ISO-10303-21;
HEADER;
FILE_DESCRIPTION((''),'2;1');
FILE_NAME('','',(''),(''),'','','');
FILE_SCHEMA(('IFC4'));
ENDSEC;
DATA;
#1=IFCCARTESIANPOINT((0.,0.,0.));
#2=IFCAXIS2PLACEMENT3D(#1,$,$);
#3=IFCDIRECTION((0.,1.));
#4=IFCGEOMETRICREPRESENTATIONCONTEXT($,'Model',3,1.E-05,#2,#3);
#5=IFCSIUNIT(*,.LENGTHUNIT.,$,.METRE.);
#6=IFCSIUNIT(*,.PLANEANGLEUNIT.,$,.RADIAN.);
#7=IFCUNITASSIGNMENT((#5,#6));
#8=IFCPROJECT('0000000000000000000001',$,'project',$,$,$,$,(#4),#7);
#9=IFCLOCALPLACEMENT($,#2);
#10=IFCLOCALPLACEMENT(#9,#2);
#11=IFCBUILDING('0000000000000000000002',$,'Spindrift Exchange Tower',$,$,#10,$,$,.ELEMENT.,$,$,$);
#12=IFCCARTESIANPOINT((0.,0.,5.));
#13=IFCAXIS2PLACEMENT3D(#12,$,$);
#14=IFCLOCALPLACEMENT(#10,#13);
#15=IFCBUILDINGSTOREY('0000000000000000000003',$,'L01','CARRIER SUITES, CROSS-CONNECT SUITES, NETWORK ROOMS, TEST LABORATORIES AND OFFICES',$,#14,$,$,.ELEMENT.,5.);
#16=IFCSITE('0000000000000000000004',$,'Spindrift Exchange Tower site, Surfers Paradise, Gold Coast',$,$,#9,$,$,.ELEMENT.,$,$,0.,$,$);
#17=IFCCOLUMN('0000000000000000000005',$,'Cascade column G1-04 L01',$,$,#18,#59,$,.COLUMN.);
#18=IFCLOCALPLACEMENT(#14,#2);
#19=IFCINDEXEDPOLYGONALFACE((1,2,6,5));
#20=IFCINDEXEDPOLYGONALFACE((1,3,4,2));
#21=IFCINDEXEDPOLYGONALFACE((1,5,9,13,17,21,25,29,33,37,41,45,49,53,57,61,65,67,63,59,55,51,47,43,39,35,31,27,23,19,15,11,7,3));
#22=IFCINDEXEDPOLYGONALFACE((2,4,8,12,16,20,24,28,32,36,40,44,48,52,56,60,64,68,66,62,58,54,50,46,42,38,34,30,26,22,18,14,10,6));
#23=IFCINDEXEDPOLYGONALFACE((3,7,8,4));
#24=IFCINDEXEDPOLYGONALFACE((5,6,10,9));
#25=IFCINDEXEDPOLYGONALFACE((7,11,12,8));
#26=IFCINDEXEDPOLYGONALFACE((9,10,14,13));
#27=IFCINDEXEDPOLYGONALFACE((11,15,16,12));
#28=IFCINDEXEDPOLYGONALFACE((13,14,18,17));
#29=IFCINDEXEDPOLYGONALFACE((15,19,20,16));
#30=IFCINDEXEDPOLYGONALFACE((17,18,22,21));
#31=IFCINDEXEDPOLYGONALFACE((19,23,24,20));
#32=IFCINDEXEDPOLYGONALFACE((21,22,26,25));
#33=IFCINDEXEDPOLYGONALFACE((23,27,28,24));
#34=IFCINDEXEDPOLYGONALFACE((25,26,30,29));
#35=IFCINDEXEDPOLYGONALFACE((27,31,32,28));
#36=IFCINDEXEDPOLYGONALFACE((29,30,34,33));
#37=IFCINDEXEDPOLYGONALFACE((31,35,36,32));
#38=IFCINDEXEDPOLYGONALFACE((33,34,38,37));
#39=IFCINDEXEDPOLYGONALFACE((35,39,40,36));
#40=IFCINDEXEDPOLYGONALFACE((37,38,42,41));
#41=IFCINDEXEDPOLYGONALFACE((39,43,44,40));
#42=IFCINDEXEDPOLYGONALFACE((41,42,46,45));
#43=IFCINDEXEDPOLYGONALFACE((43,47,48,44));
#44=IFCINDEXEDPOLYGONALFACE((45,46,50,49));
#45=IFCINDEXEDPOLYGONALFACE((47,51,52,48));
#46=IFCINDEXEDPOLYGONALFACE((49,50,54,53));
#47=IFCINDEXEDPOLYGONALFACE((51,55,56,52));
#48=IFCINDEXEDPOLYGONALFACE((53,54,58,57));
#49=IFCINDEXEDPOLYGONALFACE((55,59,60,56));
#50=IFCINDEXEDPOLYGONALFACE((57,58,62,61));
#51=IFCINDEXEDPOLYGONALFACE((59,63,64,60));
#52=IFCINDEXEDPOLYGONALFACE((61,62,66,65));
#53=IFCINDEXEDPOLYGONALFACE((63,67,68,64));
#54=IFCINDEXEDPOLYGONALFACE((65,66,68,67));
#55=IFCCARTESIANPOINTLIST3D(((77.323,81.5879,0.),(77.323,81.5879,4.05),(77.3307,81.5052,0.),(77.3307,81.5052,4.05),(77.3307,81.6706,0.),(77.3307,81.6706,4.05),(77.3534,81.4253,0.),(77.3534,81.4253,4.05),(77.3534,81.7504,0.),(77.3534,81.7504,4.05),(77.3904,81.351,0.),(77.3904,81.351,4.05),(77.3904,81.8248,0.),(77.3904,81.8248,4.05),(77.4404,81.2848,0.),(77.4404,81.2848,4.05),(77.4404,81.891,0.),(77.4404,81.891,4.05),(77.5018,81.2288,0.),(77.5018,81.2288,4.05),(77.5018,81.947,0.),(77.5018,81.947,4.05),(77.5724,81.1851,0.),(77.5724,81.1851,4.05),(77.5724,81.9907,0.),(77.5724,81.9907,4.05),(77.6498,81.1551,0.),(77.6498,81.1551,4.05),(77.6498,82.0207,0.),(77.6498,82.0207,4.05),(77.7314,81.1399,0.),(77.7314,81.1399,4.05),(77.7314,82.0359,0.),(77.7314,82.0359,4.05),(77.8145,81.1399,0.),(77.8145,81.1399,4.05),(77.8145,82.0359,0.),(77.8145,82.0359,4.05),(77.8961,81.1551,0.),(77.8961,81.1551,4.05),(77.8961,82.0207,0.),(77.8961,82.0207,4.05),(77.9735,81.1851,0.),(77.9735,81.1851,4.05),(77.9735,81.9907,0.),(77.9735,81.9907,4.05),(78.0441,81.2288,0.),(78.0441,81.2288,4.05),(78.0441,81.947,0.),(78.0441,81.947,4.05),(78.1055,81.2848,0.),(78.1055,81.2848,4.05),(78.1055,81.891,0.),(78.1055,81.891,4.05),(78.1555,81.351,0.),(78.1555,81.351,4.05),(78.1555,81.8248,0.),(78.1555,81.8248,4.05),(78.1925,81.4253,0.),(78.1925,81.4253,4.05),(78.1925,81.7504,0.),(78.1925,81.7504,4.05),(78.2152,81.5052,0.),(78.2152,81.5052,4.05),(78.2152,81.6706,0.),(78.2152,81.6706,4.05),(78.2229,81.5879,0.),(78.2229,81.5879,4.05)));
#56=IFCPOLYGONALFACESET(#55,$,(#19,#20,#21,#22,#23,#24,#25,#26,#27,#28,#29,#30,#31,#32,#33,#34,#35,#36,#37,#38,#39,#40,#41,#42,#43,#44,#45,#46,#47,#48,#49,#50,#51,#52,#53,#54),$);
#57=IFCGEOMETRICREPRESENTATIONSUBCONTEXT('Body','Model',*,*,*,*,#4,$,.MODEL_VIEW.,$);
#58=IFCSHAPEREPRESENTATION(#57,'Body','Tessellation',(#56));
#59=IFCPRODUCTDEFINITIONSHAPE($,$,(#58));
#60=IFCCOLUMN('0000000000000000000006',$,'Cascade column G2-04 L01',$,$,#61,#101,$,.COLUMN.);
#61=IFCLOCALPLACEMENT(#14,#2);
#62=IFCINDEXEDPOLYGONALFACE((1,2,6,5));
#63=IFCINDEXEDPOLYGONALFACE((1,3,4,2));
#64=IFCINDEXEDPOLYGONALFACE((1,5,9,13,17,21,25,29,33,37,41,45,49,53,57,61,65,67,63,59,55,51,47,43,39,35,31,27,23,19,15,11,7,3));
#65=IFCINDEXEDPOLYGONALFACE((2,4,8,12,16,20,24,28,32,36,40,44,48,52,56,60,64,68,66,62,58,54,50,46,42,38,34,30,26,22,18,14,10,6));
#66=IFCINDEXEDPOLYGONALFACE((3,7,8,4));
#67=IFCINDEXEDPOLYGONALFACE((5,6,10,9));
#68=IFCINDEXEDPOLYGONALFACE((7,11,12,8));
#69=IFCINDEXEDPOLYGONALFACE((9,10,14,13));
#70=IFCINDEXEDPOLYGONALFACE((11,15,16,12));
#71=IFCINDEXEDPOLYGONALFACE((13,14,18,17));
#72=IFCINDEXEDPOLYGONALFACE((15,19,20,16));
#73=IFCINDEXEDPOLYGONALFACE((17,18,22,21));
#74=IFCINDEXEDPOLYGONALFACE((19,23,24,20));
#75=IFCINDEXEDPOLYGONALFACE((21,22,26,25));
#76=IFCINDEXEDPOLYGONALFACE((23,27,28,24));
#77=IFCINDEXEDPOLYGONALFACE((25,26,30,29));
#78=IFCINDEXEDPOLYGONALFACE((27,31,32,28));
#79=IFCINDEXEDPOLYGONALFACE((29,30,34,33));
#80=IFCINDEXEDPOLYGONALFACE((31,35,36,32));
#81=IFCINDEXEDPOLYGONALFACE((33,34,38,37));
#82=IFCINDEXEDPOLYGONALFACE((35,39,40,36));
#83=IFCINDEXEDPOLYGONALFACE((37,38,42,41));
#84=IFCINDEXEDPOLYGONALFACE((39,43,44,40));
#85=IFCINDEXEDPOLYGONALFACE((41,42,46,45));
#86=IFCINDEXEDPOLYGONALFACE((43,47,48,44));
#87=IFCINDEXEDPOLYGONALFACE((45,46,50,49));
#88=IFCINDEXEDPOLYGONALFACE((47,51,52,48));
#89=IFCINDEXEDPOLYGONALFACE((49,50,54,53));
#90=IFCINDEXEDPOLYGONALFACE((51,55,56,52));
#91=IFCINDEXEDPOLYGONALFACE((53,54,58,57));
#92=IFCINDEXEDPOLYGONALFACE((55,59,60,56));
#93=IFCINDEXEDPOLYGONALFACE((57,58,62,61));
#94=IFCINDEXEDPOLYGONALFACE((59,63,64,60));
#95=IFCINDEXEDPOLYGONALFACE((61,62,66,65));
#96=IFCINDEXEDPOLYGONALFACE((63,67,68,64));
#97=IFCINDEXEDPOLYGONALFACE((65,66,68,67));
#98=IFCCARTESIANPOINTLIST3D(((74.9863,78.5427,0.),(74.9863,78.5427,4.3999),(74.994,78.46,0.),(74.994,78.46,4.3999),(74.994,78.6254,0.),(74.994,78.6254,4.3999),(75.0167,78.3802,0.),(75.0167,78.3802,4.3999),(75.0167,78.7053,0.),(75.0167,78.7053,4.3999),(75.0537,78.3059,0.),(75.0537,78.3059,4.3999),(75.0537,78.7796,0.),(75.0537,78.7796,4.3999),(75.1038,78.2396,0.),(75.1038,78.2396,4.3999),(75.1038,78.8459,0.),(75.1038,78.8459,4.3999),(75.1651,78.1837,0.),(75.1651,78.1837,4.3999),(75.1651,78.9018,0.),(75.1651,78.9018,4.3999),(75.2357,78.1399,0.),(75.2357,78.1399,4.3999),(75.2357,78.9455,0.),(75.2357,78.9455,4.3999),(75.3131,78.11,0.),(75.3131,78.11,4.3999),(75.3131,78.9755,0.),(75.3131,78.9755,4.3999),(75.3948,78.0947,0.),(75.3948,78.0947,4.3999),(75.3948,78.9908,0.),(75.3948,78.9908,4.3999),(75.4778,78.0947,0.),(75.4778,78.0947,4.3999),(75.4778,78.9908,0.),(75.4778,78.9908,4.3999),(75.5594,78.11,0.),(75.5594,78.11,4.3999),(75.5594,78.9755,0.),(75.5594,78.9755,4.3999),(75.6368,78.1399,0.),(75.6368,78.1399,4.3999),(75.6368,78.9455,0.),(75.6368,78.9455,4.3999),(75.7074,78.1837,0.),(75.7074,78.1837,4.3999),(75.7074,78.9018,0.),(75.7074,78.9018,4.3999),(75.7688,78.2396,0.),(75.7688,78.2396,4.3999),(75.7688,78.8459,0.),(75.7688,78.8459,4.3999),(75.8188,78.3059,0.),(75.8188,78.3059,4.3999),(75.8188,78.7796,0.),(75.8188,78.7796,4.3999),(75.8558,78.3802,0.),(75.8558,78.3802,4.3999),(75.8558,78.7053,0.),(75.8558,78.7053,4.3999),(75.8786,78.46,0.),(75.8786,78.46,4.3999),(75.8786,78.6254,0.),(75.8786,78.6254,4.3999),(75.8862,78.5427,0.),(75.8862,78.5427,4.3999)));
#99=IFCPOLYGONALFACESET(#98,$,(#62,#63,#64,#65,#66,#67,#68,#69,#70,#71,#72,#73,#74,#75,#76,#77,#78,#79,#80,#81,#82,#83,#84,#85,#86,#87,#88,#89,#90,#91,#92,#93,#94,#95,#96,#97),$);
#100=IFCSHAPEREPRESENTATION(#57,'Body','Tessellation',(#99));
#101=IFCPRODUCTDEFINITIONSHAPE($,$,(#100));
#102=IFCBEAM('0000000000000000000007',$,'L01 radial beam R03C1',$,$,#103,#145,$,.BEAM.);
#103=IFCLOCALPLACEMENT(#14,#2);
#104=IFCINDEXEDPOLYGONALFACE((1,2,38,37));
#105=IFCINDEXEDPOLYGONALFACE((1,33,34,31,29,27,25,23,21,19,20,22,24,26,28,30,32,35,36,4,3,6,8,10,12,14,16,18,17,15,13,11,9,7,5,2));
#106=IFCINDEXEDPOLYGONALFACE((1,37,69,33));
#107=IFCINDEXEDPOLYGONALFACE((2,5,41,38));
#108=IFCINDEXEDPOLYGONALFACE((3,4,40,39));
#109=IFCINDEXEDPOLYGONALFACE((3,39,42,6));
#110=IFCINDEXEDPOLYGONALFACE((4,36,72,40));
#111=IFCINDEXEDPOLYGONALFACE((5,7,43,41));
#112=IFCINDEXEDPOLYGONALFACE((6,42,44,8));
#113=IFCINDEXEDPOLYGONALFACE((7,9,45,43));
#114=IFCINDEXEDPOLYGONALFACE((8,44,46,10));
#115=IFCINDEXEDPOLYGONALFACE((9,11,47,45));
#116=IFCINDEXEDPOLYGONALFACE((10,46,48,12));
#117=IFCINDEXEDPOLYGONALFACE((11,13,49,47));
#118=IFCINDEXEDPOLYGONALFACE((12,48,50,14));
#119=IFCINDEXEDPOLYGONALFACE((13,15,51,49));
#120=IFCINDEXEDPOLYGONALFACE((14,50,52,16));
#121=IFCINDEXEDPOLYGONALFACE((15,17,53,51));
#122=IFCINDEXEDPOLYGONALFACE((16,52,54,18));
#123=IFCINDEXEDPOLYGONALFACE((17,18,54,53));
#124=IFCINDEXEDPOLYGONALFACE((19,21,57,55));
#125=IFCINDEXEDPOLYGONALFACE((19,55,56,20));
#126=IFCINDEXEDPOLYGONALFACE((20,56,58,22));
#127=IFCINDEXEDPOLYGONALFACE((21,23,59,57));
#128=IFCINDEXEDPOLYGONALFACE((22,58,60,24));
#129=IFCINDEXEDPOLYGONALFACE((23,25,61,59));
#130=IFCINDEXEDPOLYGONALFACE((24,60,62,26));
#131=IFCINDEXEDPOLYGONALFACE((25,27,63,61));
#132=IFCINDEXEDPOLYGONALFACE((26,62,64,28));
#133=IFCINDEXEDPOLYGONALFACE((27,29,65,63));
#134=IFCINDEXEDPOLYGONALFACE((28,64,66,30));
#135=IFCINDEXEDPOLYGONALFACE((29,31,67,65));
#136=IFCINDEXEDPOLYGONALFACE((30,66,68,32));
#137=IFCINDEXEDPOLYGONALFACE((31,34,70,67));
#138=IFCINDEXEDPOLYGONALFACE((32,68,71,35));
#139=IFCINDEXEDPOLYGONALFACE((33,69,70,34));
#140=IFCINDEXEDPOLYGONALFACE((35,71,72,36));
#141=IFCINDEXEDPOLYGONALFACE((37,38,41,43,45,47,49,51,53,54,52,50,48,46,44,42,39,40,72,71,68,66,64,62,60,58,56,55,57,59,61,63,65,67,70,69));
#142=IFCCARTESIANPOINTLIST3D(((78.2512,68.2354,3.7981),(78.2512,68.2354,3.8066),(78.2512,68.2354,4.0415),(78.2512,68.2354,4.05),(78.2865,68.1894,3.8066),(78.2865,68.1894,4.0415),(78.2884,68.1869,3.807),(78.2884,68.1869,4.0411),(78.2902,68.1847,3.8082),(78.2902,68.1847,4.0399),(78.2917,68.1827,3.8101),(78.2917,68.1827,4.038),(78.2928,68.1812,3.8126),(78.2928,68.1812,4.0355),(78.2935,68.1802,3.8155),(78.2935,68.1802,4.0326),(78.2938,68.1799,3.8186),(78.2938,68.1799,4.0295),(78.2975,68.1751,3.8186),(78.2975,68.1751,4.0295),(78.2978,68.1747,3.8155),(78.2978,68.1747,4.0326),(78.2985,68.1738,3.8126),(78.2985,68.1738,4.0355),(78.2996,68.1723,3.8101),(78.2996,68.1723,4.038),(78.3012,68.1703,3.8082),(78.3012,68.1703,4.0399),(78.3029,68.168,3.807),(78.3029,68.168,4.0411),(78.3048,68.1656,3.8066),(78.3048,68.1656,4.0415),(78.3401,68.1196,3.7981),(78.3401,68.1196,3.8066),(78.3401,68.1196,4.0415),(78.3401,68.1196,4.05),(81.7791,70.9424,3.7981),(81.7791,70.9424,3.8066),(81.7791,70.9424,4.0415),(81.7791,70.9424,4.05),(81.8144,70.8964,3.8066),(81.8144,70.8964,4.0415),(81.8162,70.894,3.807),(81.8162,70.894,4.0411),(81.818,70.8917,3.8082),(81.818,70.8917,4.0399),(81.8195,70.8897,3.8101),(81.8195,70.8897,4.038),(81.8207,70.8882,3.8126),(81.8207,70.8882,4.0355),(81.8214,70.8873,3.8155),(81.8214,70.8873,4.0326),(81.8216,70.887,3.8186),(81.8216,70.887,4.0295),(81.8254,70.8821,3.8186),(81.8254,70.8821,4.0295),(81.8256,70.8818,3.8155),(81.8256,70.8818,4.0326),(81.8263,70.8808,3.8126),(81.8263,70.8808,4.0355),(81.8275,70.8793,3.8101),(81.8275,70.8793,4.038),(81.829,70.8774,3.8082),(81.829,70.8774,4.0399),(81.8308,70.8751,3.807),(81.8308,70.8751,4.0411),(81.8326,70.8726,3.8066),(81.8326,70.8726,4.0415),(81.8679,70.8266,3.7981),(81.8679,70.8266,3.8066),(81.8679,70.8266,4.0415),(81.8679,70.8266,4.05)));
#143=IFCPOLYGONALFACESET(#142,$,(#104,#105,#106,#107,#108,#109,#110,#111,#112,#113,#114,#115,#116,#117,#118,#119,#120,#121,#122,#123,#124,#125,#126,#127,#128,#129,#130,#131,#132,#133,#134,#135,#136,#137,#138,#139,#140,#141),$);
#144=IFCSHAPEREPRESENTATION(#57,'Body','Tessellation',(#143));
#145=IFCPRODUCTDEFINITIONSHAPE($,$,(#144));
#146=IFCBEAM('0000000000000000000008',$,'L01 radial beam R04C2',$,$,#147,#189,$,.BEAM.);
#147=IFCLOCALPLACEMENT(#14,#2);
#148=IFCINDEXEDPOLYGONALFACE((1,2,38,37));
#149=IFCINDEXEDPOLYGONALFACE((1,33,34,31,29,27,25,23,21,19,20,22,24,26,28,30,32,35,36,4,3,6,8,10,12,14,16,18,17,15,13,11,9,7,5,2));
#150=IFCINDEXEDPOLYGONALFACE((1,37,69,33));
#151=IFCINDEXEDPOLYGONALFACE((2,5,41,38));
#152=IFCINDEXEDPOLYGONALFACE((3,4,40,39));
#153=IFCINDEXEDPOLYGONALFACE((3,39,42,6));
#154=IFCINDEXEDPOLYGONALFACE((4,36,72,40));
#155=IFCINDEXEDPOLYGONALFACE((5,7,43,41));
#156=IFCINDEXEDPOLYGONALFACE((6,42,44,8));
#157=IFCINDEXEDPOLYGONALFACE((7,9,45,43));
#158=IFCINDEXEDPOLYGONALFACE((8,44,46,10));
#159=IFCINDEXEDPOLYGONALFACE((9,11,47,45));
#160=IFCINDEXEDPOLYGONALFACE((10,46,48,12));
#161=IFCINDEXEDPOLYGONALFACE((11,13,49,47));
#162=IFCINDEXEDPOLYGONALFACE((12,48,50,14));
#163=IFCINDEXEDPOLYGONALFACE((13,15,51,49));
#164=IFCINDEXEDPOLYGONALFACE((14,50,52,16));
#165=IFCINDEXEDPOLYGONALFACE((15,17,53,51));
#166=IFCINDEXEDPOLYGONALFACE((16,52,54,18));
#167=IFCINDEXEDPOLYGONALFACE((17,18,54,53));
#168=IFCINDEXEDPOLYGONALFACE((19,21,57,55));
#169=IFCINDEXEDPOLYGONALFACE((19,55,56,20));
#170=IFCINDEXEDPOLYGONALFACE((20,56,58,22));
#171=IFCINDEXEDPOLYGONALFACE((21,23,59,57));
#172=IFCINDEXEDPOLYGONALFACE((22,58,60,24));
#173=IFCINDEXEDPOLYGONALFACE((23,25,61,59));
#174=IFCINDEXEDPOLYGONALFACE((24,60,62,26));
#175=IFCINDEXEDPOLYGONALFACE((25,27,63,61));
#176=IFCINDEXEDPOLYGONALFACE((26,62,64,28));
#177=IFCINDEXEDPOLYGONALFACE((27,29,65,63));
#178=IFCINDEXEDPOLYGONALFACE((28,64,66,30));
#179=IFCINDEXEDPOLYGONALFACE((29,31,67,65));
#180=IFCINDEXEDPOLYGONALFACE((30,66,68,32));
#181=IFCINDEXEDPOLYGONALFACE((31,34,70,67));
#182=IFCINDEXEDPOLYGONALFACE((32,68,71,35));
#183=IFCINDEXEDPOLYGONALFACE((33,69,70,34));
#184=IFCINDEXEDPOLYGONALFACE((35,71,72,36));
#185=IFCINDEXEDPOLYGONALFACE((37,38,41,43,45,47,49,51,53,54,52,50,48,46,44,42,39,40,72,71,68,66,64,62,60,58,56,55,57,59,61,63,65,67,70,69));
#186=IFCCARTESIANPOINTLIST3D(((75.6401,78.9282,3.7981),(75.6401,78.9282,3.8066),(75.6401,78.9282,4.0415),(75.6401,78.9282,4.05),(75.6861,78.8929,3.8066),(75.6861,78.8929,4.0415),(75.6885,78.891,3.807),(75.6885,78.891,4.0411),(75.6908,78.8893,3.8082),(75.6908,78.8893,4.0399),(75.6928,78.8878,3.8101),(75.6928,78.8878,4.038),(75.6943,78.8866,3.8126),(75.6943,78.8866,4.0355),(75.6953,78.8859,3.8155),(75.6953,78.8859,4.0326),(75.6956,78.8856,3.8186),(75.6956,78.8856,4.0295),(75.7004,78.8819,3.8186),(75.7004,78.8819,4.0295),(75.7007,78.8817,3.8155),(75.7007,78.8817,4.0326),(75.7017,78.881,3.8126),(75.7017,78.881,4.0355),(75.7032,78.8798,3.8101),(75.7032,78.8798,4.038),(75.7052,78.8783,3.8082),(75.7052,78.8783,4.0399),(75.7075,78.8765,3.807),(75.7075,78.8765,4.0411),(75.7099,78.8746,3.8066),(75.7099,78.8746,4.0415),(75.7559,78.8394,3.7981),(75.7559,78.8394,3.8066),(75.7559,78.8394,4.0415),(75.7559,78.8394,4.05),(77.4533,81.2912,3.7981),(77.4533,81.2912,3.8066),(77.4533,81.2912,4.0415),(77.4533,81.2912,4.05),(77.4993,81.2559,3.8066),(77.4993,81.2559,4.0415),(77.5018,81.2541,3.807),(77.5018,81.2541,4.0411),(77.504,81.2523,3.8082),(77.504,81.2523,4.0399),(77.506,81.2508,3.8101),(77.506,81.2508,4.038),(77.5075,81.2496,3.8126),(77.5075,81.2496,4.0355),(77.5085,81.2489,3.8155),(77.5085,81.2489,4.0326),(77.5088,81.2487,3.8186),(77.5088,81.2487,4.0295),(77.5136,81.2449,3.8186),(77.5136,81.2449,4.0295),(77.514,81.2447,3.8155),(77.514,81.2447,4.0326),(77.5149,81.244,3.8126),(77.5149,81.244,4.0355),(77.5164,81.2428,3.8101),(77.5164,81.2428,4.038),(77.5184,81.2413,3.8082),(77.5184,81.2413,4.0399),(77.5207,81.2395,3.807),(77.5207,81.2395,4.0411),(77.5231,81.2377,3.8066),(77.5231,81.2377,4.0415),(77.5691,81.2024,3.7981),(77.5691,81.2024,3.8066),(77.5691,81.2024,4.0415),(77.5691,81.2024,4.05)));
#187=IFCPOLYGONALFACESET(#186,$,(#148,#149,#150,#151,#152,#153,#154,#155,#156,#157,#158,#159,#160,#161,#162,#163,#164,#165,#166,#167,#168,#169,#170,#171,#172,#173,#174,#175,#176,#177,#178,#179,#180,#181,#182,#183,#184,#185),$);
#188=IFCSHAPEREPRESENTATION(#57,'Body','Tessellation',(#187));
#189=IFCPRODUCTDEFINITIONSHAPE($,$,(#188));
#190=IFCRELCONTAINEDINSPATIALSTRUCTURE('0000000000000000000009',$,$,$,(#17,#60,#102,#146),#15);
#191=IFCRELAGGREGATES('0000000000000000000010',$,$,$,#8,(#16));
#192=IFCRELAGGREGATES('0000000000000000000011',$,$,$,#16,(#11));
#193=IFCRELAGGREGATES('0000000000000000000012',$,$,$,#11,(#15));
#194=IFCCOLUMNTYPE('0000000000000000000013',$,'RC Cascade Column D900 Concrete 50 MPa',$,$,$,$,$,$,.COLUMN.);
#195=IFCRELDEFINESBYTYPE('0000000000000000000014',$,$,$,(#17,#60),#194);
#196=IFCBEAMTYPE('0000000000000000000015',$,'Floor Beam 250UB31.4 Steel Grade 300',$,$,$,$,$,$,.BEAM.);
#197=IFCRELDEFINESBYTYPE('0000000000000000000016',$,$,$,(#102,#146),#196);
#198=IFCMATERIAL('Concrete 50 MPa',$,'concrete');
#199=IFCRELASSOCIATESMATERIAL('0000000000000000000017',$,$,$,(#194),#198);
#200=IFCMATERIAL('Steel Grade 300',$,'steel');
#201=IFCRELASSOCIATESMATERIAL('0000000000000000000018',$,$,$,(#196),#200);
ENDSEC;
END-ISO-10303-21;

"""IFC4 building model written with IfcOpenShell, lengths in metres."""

from ifc_helpers import new_model, si_unit, direction, frame, origin, origin_2d, place, context, subcontext, project, spatial, circle, i_section, extrude, source, transform, mapped, material, material_profile, profile_set, type_object, element, save


model = new_model("IFC4")

# Units and contexts
model_context = context("Model", 3, precision=1e-05, world=origin(), true_north=direction((0.0, 1.0)))
body_context = subcontext(model_context, "Body", "Model", "MODEL_VIEW")
ifc_project = project(units=[si_unit("LENGTHUNIT", "METRE"), si_unit("PLANEANGLEUNIT", "RADIAN")], contexts=[model_context])

# Site, building, storey
site_placement = place(None, origin())
site = spatial("IfcSite", under=ifc_project, at=site_placement, Name="Spindrift Exchange Tower site, Surfers Paradise, Gold Coast", CompositionType="ELEMENT", RefElevation=0.0)
building_placement = place(site_placement, origin())
building = spatial("IfcBuilding", under=site, at=building_placement, Name="Spindrift Exchange Tower", CompositionType="ELEMENT")
storey_placement = place(building_placement, frame((0.0, 0.0, 5.0)))
storey = spatial("IfcBuildingStorey", under=building, at=storey_placement, Name="L01", Description="CARRIER SUITES, CROSS-CONNECT SUITES, NETWORK ROOMS, TEST LABORATORIES AND OFFICES", CompositionType="ELEMENT", Elevation=5.0)

# Columns
ifc_material_1 = material(Name="Concrete 50 MPa", Category="concrete")
ifc_material_profile_1 = material_profile(ifc_material_1, circle(Radius=0.45, at=origin_2d()), Name="RC D900")
ifc_profile_set_1 = profile_set([ifc_material_profile_1], Name="Concrete 50 MPa")
column_type = type_object("IfcColumnType", Name="RC Cascade Column D900 Concrete 50 MPa", PredefinedType="COLUMN", material=ifc_profile_set_1)
shared_shape_1 = source(origin(), body_context, "Body", "SweptSolid", [
    extrude(circle(Radius=0.45, at=origin_2d()), origin(), (0.0, 0.0, 1.0), 4.05),
])
column_1_placement = place(storey_placement, frame((77.7729, 81.5879, 0.0), z_axis=(0.0, 0.0, 1.0), x_axis=(1.0, 0.0, 0.0)))
element("IfcColumn", 1, at=column_1_placement, inside=storey, type_object=column_type, Name="Cascade column G1-04 L01", PredefinedType="COLUMN", context=body_context, shape_type="MappedRepresentation", body=[
    mapped(shared_shape_1, transform((0.0, 0.0, 0.0), scale=1.0)),
])
shared_shape_2 = source(origin(), body_context, "Body", "SweptSolid", [
    extrude(circle(Radius=0.45, at=origin_2d()), origin(), (0.0, 0.0, 1.0), 4.3999),
])
column_2_placement = place(storey_placement, frame((75.4363, 78.5427, 0.0), z_axis=(0.0, 0.0, 1.0), x_axis=(1.0, 0.0, 0.0)))
element("IfcColumn", 2, at=column_2_placement, inside=storey, type_object=column_type, Name="Cascade column G2-04 L01", PredefinedType="COLUMN", context=body_context, shape_type="MappedRepresentation", body=[
    mapped(shared_shape_2, transform((0.0, 0.0, 0.0), scale=1.0)),
])

# Beams
ifc_material_2 = material(Name="Steel Grade 300", Category="steel")
ifc_material_profile_2 = material_profile(ifc_material_2, i_section(OverallWidth=0.146, OverallDepth=0.252, WebThickness=0.0061, FlangeThickness=0.0085, FilletRadius=0.012, at=origin_2d()), Name="250UB31.4")
ifc_profile_set_2 = profile_set([ifc_material_profile_2], Name="Steel Grade 300")
beam_type_1 = type_object("IfcBeamType", Name="Floor Beam 250UB31.4 Steel Grade 300", PredefinedType="BEAM", material=ifc_profile_set_2)
shared_shape_3 = source(origin(), body_context, "Body", "SweptSolid", [
    extrude(i_section(OverallWidth=0.146, OverallDepth=0.252, WebThickness=0.0061, FlangeThickness=0.0085, FilletRadius=0.012, at=origin_2d()), origin(), (0.0, 0.0, 1.0), 4.4468),
])
beam_1_placement = place(storey_placement, frame((78.2957, 68.1775, 3.9241), z_axis=(0.79335, 0.608766, 0.0), x_axis=(-0.608766, 0.79335, 0.0)))
element("IfcBeam", 3, at=beam_1_placement, inside=storey, type_object=beam_type_1, Name="L01 radial beam R03C1", PredefinedType="BEAM", context=body_context, shape_type="MappedRepresentation", body=[
    mapped(shared_shape_3, transform((0.0, 0.0, 0.0), scale=1.0)),
])
shared_shape_4 = source(origin(), body_context, "Body", "SweptSolid", [
    extrude(i_section(OverallWidth=0.146, OverallDepth=0.252, WebThickness=0.0061, FlangeThickness=0.0085, FilletRadius=0.012, at=origin_2d()), origin(), (0.0, 0.0, 1.0), 2.9785),
])
beam_2_placement = place(storey_placement, frame((75.698, 78.8838, 3.9241), z_axis=(0.608764, 0.793352, 0.0), x_axis=(-0.793352, 0.608764, 0.0)))
element("IfcBeam", 4, at=beam_2_placement, inside=storey, type_object=beam_type_1, Name="L01 radial beam R04C2", PredefinedType="BEAM", context=body_context, shape_type="MappedRepresentation", body=[
    mapped(shared_shape_4, transform((0.0, 0.0, 0.0), scale=1.0)),
])

save(model, "model.ifc")
